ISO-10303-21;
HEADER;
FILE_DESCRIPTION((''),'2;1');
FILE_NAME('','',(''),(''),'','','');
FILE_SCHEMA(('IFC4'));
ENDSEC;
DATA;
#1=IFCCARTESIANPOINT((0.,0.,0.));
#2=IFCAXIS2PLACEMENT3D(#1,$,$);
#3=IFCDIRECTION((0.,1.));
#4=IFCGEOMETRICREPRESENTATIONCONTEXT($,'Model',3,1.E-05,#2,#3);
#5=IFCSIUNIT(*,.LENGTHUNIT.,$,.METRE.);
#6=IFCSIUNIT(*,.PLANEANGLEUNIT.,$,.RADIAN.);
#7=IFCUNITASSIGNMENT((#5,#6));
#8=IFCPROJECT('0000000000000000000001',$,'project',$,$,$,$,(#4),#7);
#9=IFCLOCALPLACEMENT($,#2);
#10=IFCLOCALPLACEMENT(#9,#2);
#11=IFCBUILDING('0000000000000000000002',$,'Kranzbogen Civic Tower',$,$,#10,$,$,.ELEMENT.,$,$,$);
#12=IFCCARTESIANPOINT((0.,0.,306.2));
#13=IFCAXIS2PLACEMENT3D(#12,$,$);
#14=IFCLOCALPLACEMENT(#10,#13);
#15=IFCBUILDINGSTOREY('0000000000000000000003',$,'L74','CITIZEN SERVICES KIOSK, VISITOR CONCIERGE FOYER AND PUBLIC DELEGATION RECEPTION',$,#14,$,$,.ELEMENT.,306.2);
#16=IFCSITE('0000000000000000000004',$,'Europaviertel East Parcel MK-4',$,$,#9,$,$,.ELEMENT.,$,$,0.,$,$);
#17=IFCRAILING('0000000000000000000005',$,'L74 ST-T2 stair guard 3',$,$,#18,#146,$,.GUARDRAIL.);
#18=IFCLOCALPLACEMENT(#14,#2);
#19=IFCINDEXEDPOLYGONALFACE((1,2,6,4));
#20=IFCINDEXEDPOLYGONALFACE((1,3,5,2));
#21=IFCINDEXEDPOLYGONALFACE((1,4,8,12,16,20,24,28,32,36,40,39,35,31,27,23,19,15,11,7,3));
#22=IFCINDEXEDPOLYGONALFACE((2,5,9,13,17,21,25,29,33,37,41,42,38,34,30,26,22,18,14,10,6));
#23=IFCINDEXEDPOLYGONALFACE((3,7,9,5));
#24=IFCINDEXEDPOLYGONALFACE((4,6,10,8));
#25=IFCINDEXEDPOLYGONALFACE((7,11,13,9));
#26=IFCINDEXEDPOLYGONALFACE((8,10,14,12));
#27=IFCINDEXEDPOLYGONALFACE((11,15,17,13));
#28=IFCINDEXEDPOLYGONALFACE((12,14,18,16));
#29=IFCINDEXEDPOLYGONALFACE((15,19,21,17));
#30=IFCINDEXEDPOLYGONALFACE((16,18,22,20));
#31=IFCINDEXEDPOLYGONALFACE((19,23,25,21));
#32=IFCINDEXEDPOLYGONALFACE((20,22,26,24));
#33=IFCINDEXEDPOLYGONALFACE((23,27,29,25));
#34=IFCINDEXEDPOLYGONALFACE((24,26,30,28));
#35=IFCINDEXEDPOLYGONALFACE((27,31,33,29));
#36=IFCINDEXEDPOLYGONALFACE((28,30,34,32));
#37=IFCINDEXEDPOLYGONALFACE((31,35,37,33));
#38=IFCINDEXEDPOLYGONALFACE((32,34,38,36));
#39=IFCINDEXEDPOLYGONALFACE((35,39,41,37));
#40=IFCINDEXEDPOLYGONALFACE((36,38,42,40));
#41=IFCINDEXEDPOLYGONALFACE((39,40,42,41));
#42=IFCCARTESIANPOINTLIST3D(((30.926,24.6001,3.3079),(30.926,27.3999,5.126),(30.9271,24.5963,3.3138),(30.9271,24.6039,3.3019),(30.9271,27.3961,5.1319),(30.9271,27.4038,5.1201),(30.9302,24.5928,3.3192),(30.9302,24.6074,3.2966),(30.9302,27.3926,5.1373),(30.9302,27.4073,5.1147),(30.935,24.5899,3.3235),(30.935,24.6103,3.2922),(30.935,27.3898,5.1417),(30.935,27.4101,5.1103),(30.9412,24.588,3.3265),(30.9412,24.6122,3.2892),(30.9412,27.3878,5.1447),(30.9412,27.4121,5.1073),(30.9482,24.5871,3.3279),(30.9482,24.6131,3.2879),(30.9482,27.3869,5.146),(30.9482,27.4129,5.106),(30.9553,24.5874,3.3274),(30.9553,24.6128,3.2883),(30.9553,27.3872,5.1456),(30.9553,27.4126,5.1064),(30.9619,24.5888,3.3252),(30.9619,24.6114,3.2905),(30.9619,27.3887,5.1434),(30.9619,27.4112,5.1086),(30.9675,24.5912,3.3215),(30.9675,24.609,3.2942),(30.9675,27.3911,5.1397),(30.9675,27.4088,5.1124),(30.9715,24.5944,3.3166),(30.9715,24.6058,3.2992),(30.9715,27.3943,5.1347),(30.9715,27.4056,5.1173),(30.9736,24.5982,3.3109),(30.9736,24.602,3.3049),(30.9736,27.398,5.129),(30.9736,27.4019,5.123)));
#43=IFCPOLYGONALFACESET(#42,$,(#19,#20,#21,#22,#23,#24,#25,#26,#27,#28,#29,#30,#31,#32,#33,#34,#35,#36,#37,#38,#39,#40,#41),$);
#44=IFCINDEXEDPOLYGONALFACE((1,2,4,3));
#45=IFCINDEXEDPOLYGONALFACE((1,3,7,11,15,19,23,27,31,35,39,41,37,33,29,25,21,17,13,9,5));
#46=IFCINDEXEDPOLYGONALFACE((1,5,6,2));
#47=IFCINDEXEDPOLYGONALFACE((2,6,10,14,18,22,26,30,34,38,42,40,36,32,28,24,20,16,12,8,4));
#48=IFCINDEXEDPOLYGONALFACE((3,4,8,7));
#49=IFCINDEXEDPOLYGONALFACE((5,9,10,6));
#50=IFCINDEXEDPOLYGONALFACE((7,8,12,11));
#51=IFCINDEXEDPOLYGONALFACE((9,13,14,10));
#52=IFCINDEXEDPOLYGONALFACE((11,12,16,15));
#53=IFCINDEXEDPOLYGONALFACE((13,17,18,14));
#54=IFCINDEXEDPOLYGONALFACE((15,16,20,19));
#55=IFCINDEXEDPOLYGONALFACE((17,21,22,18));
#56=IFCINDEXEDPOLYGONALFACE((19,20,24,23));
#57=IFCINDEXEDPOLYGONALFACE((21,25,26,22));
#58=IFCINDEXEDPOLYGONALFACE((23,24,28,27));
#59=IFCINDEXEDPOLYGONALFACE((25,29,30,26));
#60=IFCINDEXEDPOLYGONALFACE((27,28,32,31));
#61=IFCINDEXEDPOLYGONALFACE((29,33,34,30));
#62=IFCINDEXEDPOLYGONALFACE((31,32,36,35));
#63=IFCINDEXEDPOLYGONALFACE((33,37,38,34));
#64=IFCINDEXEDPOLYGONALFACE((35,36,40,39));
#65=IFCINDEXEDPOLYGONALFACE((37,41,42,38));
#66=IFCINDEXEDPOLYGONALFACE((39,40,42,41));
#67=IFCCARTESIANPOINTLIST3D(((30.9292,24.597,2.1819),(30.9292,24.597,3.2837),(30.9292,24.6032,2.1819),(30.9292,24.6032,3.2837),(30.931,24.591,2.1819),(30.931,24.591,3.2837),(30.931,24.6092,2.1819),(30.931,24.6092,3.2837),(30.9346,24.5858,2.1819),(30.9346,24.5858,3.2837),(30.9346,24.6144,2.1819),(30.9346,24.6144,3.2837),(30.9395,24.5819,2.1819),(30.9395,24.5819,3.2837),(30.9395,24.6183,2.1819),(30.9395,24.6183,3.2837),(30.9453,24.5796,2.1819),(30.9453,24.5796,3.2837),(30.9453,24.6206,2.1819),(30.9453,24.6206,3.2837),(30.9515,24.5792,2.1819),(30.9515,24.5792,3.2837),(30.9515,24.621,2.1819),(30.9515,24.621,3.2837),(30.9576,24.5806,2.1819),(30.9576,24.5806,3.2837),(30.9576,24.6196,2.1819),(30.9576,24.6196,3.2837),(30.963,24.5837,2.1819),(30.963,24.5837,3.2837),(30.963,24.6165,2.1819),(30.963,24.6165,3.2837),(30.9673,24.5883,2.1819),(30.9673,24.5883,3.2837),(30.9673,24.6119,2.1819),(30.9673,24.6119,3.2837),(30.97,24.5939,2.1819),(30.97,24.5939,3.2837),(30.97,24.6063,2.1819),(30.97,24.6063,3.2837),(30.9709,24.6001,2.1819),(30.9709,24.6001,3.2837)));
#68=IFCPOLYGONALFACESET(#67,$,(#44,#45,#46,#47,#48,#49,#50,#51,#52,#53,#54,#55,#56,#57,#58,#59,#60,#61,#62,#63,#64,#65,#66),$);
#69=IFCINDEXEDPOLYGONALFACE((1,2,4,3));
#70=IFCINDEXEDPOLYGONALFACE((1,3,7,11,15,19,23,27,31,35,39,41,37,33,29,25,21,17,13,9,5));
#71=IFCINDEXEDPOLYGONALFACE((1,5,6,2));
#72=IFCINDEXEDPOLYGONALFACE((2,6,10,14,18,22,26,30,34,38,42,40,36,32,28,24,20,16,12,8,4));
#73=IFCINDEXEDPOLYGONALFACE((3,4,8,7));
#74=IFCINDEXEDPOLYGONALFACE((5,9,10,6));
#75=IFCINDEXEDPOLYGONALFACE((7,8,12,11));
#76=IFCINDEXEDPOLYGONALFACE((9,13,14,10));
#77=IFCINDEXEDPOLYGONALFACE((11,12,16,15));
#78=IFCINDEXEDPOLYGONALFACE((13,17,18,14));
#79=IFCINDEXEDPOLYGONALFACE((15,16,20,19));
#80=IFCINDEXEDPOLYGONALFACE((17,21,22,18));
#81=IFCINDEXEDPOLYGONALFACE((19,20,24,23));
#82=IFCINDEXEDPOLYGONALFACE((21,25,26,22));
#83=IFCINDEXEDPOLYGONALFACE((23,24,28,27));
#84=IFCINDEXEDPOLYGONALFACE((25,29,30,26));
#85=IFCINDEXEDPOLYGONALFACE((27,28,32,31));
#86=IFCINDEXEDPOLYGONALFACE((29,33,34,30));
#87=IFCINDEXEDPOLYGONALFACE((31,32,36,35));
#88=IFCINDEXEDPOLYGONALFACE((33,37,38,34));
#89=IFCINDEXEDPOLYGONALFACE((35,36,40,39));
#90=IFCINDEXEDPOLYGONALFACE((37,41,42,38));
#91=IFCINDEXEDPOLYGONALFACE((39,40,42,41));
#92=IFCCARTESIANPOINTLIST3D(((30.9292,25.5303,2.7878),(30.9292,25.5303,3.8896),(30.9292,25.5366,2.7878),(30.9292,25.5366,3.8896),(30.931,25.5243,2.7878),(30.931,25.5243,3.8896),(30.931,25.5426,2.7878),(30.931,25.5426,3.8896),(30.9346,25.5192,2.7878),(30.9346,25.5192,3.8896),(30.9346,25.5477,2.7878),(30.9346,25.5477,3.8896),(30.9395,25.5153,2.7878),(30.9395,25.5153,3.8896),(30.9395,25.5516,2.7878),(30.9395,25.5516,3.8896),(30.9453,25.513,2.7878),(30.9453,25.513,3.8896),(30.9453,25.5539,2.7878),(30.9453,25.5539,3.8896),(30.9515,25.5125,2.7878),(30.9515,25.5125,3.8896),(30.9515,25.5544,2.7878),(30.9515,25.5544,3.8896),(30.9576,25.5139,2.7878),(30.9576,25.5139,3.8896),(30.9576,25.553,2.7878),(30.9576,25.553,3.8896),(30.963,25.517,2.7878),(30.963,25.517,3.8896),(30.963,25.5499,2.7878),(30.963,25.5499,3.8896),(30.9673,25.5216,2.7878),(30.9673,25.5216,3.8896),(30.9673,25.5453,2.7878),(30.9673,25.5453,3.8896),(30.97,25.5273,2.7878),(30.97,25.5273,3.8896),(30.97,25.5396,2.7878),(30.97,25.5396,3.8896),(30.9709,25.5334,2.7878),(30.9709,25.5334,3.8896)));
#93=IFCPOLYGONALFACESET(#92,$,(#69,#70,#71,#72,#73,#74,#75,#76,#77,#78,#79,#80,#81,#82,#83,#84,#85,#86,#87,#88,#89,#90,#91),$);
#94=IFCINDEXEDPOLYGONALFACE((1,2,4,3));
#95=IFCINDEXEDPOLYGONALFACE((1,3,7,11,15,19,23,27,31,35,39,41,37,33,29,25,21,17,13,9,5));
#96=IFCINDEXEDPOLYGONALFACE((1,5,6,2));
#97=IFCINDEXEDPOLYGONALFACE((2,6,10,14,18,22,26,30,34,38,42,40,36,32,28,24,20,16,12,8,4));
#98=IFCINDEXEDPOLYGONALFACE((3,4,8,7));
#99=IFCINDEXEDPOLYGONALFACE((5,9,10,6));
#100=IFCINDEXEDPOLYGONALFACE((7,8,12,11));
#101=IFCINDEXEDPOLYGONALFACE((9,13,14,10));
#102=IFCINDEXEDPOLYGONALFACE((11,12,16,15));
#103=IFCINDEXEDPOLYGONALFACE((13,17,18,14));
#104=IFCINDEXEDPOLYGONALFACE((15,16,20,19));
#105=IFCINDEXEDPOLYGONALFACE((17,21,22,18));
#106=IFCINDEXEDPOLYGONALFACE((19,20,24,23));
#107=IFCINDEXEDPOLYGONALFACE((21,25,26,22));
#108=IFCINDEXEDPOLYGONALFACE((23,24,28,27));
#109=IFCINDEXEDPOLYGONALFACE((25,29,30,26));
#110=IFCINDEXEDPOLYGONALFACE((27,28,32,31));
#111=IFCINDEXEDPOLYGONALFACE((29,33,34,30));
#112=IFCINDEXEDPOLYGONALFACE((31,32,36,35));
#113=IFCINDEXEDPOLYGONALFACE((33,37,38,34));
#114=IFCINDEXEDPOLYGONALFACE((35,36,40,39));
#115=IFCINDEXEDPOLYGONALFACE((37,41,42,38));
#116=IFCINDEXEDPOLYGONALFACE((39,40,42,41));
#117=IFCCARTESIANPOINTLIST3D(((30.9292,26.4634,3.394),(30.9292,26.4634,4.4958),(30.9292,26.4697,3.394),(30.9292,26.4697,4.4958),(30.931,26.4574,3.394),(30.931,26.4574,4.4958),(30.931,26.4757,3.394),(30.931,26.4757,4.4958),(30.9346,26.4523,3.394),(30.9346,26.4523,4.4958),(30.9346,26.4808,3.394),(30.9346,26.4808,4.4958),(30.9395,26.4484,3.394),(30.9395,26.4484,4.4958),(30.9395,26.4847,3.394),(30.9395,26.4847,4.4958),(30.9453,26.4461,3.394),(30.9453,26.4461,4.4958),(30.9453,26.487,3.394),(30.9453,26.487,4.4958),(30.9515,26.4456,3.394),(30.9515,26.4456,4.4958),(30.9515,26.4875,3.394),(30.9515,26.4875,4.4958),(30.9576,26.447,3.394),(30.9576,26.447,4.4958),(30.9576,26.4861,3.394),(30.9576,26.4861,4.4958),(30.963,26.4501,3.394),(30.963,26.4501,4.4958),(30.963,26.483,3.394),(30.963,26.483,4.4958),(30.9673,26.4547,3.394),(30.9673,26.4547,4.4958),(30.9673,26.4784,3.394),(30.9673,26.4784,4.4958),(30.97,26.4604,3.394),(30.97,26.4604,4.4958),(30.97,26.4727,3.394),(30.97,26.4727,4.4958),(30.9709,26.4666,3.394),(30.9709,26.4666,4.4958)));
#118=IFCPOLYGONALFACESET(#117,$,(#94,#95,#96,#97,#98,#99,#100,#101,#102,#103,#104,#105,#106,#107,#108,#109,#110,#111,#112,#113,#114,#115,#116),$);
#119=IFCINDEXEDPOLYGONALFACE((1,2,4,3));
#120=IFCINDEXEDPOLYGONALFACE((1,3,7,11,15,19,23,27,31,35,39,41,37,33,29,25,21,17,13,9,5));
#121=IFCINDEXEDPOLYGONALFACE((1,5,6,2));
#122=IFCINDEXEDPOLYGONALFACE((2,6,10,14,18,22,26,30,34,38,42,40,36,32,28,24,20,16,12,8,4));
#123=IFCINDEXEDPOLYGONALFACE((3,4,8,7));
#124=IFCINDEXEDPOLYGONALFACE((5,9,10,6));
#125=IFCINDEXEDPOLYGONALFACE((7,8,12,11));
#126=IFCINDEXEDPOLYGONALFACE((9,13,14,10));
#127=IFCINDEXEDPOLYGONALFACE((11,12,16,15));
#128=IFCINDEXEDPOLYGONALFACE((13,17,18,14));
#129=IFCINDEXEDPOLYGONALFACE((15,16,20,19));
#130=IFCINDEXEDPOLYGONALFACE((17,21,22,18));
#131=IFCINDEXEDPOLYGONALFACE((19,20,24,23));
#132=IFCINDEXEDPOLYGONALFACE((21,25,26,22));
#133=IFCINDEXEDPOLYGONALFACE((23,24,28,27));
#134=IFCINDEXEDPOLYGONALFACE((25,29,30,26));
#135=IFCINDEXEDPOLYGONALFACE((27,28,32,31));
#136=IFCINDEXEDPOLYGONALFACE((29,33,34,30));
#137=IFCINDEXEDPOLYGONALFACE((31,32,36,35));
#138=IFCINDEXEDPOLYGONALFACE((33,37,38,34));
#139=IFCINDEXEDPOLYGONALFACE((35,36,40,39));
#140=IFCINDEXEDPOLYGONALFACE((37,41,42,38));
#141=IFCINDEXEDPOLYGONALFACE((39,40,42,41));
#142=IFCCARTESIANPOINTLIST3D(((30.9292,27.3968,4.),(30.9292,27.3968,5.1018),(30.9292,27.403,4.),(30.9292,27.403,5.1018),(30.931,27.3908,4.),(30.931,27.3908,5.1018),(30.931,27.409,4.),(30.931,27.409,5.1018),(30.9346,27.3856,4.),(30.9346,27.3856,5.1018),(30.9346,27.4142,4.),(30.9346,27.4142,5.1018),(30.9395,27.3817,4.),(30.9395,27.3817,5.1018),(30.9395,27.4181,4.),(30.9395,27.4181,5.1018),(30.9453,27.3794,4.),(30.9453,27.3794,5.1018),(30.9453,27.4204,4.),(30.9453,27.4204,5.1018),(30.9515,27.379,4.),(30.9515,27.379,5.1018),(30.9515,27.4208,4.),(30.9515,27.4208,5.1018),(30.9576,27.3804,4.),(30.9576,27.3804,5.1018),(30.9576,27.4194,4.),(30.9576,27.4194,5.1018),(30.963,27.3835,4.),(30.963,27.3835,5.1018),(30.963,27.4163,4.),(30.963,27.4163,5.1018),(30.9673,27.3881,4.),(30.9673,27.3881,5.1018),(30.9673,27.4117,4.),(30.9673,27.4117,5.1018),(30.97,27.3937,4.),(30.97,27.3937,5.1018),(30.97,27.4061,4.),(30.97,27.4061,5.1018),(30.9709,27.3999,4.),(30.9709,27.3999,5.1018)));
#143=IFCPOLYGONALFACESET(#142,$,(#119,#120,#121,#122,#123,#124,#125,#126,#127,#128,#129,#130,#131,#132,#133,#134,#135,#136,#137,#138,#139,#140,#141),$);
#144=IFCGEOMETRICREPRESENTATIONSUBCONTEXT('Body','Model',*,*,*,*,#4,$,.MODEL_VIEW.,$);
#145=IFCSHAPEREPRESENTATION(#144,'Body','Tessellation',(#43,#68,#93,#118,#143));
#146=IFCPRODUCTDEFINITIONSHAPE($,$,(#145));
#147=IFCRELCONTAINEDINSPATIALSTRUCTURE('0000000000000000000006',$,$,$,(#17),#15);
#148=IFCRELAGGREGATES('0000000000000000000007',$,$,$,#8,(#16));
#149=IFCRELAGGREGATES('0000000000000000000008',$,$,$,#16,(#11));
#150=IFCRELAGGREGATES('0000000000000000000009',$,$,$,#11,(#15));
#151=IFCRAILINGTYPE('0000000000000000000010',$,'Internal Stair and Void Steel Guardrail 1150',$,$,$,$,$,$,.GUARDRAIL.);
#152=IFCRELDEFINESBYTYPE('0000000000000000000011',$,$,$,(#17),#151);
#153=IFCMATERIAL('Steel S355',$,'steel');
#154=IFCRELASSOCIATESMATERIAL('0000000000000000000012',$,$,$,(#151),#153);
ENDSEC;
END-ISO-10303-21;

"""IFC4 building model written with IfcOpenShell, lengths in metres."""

from ifc_helpers import new_model, si_unit, direction, frame, origin, origin_2d, place, context, subcontext, project, spatial, circle, extrude, material, type_object, element, save


model = new_model("IFC4")

# Units and contexts
model_context = context("Model", 3, precision=1e-05, world=origin(), true_north=direction((0.0, 1.0)))
body_context = subcontext(model_context, "Body", "Model", "MODEL_VIEW")
ifc_project = project(units=[si_unit("LENGTHUNIT", "METRE"), si_unit("PLANEANGLEUNIT", "RADIAN")], contexts=[model_context])

# Site, building, storey
site_placement = place(None, origin())
site = spatial("IfcSite", under=ifc_project, at=site_placement, Name="Europaviertel East Parcel MK-4", CompositionType="ELEMENT", RefElevation=0.0)
building_placement = place(site_placement, origin())
building = spatial("IfcBuilding", under=site, at=building_placement, Name="Kranzbogen Civic Tower", CompositionType="ELEMENT")
storey_placement = place(building_placement, frame((0.0, 0.0, 306.2)))
storey = spatial("IfcBuildingStorey", under=building, at=storey_placement, Name="L74", Description="CITIZEN SERVICES KIOSK, VISITOR CONCIERGE FOYER AND PUBLIC DELEGATION RECEPTION", CompositionType="ELEMENT", Elevation=306.2)

# Shared definitions
ifc_material_1 = material(Name="Steel S355", Category="steel")

# Railing
railing_type_1 = type_object("IfcRailingType", Name="Internal Stair and Void Steel Guardrail 1150", PredefinedType="GUARDRAIL", material=ifc_material_1)
railing_1_placement = place(storey_placement, frame((30.95, 24.6001, 2.1819)))
element("IfcRailing", 1, at=railing_1_placement, inside=storey, type_object=railing_type_1, Name="L74 ST-T2 stair guard 3", PredefinedType="GUARDRAIL", context=body_context, shape_type="SweptSolid", body=[
    extrude(circle(Radius=0.0239, at=origin_2d()), frame((0.0, 0.0, 1.126), z_axis=(0.0, 0.838684, 0.544618), x_axis=(-1.0, 0.0, 0.0)), (0.0, 0.0, 1.0), 3.3384),
    extrude(circle(Radius=0.021, at=origin_2d()), origin(), (0.0, 0.0, 1.0), 1.1018),
    extrude(circle(Radius=0.021, at=origin_2d()), frame((0.0, 0.9333, 0.606)), (0.0, 0.0, 1.0), 1.1018),
    extrude(circle(Radius=0.021, at=origin_2d()), frame((0.0, 1.8665, 1.2122)), (0.0, 0.0, 1.0), 1.1018),
    extrude(circle(Radius=0.021, at=origin_2d()), frame((0.0, 2.7998, 1.8181)), (0.0, 0.0, 1.0), 1.1018),
])

save(model, "model.ifc")
